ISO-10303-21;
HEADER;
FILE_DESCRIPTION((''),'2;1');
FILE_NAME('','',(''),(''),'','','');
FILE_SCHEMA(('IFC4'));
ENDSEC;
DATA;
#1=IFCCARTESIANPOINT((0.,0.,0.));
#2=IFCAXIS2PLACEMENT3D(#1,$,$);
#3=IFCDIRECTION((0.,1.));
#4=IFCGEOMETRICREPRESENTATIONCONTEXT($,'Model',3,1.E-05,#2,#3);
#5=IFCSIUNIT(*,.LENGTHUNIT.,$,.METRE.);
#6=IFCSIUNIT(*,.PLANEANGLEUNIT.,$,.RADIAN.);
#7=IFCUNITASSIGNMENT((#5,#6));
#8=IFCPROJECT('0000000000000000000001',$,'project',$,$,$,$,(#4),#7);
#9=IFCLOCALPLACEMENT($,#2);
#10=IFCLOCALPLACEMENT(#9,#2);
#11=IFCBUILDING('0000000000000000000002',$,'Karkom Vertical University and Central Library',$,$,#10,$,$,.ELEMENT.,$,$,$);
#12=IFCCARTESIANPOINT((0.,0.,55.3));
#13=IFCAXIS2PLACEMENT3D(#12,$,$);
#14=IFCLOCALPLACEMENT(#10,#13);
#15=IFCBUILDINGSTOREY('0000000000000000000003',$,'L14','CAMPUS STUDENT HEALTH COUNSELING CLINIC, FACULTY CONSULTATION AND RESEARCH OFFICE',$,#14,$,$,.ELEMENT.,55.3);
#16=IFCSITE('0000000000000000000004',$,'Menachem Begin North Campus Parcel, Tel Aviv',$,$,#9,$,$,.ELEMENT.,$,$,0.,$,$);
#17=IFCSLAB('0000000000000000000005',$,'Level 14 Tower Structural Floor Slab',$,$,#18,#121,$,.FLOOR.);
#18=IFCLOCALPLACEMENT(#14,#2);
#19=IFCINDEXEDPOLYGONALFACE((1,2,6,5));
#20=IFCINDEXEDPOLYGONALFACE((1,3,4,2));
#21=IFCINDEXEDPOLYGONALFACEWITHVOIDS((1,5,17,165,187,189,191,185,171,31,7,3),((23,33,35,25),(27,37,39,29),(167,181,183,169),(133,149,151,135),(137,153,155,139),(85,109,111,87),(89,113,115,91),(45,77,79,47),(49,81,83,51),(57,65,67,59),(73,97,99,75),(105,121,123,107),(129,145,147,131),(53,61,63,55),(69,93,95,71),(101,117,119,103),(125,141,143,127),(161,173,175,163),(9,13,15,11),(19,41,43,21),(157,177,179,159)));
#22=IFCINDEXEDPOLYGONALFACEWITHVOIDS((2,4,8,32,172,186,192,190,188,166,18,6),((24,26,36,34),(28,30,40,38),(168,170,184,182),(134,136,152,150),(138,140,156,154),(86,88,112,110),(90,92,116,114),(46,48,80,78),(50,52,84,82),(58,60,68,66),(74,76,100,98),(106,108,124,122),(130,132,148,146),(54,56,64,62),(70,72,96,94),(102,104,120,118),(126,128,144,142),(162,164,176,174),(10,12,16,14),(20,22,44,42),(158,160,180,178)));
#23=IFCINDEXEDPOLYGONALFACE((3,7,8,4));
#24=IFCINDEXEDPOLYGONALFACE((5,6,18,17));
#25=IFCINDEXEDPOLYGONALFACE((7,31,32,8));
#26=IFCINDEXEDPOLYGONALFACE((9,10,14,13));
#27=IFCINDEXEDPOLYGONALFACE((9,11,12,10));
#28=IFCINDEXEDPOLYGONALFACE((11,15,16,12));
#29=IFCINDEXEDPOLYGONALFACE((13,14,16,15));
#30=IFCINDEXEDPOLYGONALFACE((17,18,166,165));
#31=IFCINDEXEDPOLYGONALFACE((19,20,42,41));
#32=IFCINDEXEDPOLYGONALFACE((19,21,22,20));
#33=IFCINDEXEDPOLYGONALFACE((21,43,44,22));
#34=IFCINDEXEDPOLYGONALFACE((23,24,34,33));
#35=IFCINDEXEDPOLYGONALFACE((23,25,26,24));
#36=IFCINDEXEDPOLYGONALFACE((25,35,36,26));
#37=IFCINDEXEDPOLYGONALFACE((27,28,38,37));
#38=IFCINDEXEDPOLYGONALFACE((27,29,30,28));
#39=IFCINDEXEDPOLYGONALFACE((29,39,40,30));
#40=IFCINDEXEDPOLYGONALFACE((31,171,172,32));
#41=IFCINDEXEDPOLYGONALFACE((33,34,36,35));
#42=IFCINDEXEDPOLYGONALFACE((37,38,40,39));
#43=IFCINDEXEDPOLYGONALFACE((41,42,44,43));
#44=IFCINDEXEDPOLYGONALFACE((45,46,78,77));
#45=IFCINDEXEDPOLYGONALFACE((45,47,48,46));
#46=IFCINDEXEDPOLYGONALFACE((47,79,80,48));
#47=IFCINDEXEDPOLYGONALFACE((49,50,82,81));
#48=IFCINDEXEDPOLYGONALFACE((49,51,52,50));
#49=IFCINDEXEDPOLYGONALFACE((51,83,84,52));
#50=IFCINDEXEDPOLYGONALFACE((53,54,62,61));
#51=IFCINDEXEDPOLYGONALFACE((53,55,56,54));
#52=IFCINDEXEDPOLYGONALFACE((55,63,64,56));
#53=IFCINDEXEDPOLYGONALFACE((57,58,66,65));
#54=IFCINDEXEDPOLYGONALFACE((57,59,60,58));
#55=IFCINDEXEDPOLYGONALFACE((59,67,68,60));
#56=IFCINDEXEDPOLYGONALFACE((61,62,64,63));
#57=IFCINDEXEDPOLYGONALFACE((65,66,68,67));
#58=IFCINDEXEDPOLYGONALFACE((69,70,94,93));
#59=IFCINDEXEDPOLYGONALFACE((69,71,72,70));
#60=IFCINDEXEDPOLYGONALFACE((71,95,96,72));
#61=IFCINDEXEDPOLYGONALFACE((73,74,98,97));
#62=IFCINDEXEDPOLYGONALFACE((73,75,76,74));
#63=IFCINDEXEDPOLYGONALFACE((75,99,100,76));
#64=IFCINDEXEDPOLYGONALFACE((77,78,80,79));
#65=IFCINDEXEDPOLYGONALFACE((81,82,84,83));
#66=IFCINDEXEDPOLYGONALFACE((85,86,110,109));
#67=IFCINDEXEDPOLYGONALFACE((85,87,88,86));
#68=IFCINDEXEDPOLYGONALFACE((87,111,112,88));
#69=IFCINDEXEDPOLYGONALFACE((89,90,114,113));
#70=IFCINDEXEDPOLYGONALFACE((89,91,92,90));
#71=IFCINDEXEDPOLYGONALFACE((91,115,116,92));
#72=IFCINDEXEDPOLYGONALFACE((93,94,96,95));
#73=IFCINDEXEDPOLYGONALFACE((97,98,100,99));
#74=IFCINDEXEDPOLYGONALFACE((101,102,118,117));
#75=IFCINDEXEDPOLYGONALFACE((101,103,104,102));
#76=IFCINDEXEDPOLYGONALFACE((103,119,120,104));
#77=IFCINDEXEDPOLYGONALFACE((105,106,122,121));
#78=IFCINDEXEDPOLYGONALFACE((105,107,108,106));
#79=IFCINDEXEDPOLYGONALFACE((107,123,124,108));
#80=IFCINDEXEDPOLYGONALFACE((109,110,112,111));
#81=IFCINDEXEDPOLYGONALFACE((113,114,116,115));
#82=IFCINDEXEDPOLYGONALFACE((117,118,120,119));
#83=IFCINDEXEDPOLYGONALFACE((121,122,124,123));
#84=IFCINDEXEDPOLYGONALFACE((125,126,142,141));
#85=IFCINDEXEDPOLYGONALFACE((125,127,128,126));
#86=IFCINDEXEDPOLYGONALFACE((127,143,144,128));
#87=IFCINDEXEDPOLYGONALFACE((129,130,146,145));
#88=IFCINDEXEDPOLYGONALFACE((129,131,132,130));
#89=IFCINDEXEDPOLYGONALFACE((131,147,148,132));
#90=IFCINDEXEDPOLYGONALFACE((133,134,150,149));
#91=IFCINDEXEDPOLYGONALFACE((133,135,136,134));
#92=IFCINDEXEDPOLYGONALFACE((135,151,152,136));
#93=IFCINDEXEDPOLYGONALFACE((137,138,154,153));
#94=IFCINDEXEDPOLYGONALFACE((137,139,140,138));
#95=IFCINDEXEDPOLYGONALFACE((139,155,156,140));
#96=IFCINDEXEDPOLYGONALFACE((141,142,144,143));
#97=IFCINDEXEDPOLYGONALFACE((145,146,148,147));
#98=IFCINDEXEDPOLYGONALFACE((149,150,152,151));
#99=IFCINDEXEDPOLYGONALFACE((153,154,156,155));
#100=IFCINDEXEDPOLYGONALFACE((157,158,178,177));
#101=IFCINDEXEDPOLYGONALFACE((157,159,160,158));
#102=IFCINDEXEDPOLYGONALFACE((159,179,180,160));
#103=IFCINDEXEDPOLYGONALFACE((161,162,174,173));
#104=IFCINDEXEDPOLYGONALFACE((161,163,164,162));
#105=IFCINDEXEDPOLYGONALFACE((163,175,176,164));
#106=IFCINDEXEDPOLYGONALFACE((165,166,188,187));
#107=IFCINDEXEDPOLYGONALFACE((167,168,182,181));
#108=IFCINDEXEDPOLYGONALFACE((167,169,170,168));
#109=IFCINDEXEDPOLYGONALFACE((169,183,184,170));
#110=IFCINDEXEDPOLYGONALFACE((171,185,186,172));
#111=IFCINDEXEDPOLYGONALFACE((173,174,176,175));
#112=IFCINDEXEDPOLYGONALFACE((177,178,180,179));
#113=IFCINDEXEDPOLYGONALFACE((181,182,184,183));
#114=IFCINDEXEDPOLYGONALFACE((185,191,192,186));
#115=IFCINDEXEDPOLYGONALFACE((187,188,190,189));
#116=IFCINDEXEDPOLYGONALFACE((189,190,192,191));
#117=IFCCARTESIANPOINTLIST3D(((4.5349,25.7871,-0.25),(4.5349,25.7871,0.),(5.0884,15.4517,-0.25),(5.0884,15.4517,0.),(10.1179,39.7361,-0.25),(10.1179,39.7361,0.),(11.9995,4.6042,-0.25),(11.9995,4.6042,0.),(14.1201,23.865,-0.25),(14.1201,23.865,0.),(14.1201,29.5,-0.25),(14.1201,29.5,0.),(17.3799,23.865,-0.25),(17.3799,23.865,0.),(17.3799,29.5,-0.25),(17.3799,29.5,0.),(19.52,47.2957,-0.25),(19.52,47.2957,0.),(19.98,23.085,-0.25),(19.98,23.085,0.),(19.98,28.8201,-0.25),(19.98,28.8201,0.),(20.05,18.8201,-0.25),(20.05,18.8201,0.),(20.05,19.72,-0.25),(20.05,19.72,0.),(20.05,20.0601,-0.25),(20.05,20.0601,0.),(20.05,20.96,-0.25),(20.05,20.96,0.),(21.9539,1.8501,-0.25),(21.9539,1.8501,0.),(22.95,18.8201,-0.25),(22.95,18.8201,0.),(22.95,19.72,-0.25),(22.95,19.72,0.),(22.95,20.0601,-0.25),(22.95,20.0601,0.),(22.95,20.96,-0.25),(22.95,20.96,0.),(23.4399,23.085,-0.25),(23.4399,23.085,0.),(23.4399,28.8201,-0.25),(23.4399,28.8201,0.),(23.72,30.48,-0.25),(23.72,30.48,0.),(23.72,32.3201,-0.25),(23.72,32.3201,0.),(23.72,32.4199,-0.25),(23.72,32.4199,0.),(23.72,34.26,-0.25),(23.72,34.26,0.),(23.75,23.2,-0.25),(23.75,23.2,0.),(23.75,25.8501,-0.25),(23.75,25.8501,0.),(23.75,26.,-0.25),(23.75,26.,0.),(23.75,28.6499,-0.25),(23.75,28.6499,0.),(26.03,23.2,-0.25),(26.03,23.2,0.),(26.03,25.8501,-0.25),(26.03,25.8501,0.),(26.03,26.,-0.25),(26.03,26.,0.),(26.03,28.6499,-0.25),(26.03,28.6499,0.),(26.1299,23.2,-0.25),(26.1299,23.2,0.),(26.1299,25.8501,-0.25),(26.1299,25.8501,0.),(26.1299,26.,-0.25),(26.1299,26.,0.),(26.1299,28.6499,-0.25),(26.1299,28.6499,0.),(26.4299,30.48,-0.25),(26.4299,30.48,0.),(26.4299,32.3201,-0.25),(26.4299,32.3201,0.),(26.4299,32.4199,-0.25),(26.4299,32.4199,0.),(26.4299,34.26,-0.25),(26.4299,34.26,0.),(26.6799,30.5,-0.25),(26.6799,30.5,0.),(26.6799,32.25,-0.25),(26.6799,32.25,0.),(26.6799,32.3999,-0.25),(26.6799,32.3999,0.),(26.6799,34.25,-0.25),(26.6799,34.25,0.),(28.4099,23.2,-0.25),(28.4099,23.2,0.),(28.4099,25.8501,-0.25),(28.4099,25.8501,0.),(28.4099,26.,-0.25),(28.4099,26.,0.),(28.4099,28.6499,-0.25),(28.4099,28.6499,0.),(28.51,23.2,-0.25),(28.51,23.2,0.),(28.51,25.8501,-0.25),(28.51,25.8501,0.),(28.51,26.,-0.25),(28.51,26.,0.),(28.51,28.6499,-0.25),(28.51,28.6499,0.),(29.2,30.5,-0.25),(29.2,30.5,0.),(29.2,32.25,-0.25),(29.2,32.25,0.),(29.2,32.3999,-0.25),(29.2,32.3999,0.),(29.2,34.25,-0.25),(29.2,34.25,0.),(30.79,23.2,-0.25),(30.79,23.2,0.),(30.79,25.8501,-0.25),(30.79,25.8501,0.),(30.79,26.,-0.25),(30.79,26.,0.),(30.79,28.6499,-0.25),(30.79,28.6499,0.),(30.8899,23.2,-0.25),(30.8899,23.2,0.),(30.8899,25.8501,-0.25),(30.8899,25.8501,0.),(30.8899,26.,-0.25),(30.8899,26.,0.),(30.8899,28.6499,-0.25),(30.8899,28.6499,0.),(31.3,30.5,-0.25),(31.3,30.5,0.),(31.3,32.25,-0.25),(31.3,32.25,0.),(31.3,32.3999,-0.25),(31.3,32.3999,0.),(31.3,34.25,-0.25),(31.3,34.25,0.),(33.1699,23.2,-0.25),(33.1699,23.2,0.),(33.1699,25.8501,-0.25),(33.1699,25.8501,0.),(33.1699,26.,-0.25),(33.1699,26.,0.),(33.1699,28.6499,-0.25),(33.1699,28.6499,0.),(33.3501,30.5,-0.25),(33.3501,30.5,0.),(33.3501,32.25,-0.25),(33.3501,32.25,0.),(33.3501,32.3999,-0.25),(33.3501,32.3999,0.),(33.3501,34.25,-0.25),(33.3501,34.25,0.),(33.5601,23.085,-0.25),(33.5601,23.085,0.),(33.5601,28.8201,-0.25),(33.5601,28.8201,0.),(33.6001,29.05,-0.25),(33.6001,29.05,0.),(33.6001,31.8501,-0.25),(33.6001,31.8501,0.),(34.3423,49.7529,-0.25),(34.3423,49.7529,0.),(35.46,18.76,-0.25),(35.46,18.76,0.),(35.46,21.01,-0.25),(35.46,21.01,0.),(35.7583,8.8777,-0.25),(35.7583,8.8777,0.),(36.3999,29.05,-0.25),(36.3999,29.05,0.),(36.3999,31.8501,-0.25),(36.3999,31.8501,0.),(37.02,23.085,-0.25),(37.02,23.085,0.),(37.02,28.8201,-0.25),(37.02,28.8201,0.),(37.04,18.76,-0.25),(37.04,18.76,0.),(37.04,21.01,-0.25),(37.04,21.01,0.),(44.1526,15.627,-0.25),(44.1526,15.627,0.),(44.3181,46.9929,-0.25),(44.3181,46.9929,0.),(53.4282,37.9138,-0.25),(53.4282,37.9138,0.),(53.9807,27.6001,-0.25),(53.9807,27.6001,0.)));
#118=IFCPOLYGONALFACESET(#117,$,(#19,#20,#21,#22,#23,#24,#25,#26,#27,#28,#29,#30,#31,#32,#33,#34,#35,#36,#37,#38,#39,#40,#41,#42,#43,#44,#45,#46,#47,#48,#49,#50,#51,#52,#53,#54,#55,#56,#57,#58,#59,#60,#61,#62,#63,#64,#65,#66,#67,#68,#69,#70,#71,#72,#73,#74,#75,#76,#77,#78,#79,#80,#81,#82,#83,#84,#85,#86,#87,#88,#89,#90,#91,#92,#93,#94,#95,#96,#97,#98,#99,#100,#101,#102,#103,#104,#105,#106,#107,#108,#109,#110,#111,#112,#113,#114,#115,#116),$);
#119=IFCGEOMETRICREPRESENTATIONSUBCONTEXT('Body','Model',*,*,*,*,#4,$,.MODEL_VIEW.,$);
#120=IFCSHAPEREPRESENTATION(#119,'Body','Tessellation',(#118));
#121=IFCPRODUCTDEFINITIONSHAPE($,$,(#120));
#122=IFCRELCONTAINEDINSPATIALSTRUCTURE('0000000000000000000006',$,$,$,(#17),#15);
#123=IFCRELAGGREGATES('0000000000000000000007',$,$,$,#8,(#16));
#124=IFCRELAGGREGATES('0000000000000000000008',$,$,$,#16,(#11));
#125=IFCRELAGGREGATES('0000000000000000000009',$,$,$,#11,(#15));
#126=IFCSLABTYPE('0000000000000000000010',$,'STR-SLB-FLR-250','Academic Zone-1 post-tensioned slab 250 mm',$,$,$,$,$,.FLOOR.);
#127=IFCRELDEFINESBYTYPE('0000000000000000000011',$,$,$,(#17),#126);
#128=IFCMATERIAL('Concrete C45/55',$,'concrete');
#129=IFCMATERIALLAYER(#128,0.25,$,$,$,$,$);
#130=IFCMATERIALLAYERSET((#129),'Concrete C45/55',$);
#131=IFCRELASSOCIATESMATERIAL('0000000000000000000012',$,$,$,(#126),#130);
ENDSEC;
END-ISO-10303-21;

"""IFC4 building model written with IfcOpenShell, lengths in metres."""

from ifc_helpers import new_model, si_unit, direction, frame, origin, place, context, subcontext, project, spatial, polyline, outline, extrude, material, layer, layer_set, type_object, element, save


model = new_model("IFC4")

# Units and contexts
model_context = context("Model", 3, precision=1e-05, world=origin(), true_north=direction((0.0, 1.0)))
body_context = subcontext(model_context, "Body", "Model", "MODEL_VIEW")
ifc_project = project(units=[si_unit("LENGTHUNIT", "METRE"), si_unit("PLANEANGLEUNIT", "RADIAN")], contexts=[model_context])

# Site, building, storey
site_placement = place(None, origin())
site = spatial("IfcSite", under=ifc_project, at=site_placement, Name="Menachem Begin North Campus Parcel, Tel Aviv", CompositionType="ELEMENT", RefElevation=0.0)
building_placement = place(site_placement, origin())
building = spatial("IfcBuilding", under=site, at=building_placement, Name="Karkom Vertical University and Central Library", CompositionType="ELEMENT")
storey_placement = place(building_placement, frame((0.0, 0.0, 55.3)))
storey = spatial("IfcBuildingStorey", under=building, at=storey_placement, Name="L14", Description="CAMPUS STUDENT HEALTH COUNSELING CLINIC, FACULTY CONSULTATION AND RESEARCH OFFICE", CompositionType="ELEMENT", Elevation=55.3)

# Shared definitions
ifc_material_1 = material(Name="Concrete C45/55", Category="concrete")

# Slab
ifc_layer_1 = layer(ifc_material_1, 0.25)
ifc_layer_set_1 = layer_set([ifc_layer_1], Name="Concrete C45/55")
slab_type_1 = type_object("IfcSlabType", Name="STR-SLB-FLR-250", Description="Academic Zone-1 post-tensioned slab 250 mm", PredefinedType="FLOOR", material=ifc_layer_set_1)
slab_1_placement = place(storey_placement, frame((0.0, 0.0, -0.25)))
element("IfcSlab", 1, at=slab_1_placement, inside=storey, type_object=slab_type_1, Name="Level 14 Tower Structural Floor Slab", PredefinedType="FLOOR", context=body_context, shape_type="SweptSolid", body=[
    extrude(outline(polyline([(19.52, 47.2957), (10.1179, 39.7361), (4.5349, 25.7871), (5.0884, 15.4517), (11.9995, 4.6042), (21.9539, 1.8501), (35.7583, 8.8777), (44.1526, 15.627), (53.9807, 27.6001), (53.4282, 37.9138), (44.3181, 46.9929), (34.3423, 49.7529), (19.52, 47.2957)]), holes=[polyline([(19.98, 23.085), (23.4399, 23.085), (23.4399, 28.8201), (19.98, 28.8201), (19.98, 23.085)]), polyline([(33.5601, 23.085), (37.02, 23.085), (37.02, 28.8201), (33.5601, 28.8201), (33.5601, 23.085)]), polyline([(14.1201, 23.865), (17.3799, 23.865), (17.3799, 29.5), (14.1201, 29.5), (14.1201, 23.865)]), polyline([(23.75, 23.2), (26.03, 23.2), (26.03, 25.8501), (23.75, 25.8501), (23.75, 23.2)]), polyline([(26.1299, 23.2), (28.4099, 23.2), (28.4099, 25.8501), (26.1299, 25.8501), (26.1299, 23.2)]), polyline([(28.51, 23.2), (30.79, 23.2), (30.79, 25.8501), (28.51, 25.8501), (28.51, 23.2)]), polyline([(30.8899, 23.2), (33.1699, 23.2), (33.1699, 25.8501), (30.8899, 25.8501), (30.8899, 23.2)]), polyline([(23.75, 26.0), (26.03, 26.0), (26.03, 28.6499), (23.75, 28.6499), (23.75, 26.0)]), polyline([(26.1299, 26.0), (28.4099, 26.0), (28.4099, 28.6499), (26.1299, 28.6499), (26.1299, 26.0)]), polyline([(28.51, 26.0), (30.79, 26.0), (30.79, 28.6499), (28.51, 28.6499), (28.51, 26.0)]), polyline([(30.8899, 26.0), (33.1699, 26.0), (33.1699, 28.6499), (30.8899, 28.6499), (30.8899, 26.0)]), polyline([(26.6799, 30.5), (29.2, 30.5), (29.2, 32.25), (26.6799, 32.25), (26.6799, 30.5)]), polyline([(26.6799, 32.3999), (29.2, 32.3999), (29.2, 34.25), (26.6799, 34.25), (26.6799, 32.3999)]), polyline([(31.3, 30.5), (33.3501, 30.5), (33.3501, 32.25), (31.3, 32.25), (31.3, 30.5)]), polyline([(31.3, 32.3999), (33.3501, 32.3999), (33.3501, 34.25), (31.3, 34.25), (31.3, 32.3999)]), polyline([(23.72, 30.48), (26.4299, 30.48), (26.4299, 32.3201), (23.72, 32.3201), (23.72, 30.48)]), polyline([(23.72, 32.4199), (26.4299, 32.4199), (26.4299, 34.26), (23.72, 34.26), (23.72, 32.4199)]), polyline([(33.6001, 29.05), (36.3999, 29.05), (36.3999, 31.8501), (33.6001, 31.8501), (33.6001, 29.05)]), polyline([(20.05, 18.8201), (22.95, 18.8201), (22.95, 19.72), (20.05, 19.72), (20.05, 18.8201)]), polyline([(20.05, 20.0601), (22.95, 20.0601), (22.95, 20.96), (20.05, 20.96), (20.05, 20.0601)]), polyline([(35.46, 18.76), (37.04, 18.76), (37.04, 21.01), (35.46, 21.01), (35.46, 18.76)])]), origin(), (0.0, 0.0, 1.0), 0.25),
])

save(model, "model.ifc")
